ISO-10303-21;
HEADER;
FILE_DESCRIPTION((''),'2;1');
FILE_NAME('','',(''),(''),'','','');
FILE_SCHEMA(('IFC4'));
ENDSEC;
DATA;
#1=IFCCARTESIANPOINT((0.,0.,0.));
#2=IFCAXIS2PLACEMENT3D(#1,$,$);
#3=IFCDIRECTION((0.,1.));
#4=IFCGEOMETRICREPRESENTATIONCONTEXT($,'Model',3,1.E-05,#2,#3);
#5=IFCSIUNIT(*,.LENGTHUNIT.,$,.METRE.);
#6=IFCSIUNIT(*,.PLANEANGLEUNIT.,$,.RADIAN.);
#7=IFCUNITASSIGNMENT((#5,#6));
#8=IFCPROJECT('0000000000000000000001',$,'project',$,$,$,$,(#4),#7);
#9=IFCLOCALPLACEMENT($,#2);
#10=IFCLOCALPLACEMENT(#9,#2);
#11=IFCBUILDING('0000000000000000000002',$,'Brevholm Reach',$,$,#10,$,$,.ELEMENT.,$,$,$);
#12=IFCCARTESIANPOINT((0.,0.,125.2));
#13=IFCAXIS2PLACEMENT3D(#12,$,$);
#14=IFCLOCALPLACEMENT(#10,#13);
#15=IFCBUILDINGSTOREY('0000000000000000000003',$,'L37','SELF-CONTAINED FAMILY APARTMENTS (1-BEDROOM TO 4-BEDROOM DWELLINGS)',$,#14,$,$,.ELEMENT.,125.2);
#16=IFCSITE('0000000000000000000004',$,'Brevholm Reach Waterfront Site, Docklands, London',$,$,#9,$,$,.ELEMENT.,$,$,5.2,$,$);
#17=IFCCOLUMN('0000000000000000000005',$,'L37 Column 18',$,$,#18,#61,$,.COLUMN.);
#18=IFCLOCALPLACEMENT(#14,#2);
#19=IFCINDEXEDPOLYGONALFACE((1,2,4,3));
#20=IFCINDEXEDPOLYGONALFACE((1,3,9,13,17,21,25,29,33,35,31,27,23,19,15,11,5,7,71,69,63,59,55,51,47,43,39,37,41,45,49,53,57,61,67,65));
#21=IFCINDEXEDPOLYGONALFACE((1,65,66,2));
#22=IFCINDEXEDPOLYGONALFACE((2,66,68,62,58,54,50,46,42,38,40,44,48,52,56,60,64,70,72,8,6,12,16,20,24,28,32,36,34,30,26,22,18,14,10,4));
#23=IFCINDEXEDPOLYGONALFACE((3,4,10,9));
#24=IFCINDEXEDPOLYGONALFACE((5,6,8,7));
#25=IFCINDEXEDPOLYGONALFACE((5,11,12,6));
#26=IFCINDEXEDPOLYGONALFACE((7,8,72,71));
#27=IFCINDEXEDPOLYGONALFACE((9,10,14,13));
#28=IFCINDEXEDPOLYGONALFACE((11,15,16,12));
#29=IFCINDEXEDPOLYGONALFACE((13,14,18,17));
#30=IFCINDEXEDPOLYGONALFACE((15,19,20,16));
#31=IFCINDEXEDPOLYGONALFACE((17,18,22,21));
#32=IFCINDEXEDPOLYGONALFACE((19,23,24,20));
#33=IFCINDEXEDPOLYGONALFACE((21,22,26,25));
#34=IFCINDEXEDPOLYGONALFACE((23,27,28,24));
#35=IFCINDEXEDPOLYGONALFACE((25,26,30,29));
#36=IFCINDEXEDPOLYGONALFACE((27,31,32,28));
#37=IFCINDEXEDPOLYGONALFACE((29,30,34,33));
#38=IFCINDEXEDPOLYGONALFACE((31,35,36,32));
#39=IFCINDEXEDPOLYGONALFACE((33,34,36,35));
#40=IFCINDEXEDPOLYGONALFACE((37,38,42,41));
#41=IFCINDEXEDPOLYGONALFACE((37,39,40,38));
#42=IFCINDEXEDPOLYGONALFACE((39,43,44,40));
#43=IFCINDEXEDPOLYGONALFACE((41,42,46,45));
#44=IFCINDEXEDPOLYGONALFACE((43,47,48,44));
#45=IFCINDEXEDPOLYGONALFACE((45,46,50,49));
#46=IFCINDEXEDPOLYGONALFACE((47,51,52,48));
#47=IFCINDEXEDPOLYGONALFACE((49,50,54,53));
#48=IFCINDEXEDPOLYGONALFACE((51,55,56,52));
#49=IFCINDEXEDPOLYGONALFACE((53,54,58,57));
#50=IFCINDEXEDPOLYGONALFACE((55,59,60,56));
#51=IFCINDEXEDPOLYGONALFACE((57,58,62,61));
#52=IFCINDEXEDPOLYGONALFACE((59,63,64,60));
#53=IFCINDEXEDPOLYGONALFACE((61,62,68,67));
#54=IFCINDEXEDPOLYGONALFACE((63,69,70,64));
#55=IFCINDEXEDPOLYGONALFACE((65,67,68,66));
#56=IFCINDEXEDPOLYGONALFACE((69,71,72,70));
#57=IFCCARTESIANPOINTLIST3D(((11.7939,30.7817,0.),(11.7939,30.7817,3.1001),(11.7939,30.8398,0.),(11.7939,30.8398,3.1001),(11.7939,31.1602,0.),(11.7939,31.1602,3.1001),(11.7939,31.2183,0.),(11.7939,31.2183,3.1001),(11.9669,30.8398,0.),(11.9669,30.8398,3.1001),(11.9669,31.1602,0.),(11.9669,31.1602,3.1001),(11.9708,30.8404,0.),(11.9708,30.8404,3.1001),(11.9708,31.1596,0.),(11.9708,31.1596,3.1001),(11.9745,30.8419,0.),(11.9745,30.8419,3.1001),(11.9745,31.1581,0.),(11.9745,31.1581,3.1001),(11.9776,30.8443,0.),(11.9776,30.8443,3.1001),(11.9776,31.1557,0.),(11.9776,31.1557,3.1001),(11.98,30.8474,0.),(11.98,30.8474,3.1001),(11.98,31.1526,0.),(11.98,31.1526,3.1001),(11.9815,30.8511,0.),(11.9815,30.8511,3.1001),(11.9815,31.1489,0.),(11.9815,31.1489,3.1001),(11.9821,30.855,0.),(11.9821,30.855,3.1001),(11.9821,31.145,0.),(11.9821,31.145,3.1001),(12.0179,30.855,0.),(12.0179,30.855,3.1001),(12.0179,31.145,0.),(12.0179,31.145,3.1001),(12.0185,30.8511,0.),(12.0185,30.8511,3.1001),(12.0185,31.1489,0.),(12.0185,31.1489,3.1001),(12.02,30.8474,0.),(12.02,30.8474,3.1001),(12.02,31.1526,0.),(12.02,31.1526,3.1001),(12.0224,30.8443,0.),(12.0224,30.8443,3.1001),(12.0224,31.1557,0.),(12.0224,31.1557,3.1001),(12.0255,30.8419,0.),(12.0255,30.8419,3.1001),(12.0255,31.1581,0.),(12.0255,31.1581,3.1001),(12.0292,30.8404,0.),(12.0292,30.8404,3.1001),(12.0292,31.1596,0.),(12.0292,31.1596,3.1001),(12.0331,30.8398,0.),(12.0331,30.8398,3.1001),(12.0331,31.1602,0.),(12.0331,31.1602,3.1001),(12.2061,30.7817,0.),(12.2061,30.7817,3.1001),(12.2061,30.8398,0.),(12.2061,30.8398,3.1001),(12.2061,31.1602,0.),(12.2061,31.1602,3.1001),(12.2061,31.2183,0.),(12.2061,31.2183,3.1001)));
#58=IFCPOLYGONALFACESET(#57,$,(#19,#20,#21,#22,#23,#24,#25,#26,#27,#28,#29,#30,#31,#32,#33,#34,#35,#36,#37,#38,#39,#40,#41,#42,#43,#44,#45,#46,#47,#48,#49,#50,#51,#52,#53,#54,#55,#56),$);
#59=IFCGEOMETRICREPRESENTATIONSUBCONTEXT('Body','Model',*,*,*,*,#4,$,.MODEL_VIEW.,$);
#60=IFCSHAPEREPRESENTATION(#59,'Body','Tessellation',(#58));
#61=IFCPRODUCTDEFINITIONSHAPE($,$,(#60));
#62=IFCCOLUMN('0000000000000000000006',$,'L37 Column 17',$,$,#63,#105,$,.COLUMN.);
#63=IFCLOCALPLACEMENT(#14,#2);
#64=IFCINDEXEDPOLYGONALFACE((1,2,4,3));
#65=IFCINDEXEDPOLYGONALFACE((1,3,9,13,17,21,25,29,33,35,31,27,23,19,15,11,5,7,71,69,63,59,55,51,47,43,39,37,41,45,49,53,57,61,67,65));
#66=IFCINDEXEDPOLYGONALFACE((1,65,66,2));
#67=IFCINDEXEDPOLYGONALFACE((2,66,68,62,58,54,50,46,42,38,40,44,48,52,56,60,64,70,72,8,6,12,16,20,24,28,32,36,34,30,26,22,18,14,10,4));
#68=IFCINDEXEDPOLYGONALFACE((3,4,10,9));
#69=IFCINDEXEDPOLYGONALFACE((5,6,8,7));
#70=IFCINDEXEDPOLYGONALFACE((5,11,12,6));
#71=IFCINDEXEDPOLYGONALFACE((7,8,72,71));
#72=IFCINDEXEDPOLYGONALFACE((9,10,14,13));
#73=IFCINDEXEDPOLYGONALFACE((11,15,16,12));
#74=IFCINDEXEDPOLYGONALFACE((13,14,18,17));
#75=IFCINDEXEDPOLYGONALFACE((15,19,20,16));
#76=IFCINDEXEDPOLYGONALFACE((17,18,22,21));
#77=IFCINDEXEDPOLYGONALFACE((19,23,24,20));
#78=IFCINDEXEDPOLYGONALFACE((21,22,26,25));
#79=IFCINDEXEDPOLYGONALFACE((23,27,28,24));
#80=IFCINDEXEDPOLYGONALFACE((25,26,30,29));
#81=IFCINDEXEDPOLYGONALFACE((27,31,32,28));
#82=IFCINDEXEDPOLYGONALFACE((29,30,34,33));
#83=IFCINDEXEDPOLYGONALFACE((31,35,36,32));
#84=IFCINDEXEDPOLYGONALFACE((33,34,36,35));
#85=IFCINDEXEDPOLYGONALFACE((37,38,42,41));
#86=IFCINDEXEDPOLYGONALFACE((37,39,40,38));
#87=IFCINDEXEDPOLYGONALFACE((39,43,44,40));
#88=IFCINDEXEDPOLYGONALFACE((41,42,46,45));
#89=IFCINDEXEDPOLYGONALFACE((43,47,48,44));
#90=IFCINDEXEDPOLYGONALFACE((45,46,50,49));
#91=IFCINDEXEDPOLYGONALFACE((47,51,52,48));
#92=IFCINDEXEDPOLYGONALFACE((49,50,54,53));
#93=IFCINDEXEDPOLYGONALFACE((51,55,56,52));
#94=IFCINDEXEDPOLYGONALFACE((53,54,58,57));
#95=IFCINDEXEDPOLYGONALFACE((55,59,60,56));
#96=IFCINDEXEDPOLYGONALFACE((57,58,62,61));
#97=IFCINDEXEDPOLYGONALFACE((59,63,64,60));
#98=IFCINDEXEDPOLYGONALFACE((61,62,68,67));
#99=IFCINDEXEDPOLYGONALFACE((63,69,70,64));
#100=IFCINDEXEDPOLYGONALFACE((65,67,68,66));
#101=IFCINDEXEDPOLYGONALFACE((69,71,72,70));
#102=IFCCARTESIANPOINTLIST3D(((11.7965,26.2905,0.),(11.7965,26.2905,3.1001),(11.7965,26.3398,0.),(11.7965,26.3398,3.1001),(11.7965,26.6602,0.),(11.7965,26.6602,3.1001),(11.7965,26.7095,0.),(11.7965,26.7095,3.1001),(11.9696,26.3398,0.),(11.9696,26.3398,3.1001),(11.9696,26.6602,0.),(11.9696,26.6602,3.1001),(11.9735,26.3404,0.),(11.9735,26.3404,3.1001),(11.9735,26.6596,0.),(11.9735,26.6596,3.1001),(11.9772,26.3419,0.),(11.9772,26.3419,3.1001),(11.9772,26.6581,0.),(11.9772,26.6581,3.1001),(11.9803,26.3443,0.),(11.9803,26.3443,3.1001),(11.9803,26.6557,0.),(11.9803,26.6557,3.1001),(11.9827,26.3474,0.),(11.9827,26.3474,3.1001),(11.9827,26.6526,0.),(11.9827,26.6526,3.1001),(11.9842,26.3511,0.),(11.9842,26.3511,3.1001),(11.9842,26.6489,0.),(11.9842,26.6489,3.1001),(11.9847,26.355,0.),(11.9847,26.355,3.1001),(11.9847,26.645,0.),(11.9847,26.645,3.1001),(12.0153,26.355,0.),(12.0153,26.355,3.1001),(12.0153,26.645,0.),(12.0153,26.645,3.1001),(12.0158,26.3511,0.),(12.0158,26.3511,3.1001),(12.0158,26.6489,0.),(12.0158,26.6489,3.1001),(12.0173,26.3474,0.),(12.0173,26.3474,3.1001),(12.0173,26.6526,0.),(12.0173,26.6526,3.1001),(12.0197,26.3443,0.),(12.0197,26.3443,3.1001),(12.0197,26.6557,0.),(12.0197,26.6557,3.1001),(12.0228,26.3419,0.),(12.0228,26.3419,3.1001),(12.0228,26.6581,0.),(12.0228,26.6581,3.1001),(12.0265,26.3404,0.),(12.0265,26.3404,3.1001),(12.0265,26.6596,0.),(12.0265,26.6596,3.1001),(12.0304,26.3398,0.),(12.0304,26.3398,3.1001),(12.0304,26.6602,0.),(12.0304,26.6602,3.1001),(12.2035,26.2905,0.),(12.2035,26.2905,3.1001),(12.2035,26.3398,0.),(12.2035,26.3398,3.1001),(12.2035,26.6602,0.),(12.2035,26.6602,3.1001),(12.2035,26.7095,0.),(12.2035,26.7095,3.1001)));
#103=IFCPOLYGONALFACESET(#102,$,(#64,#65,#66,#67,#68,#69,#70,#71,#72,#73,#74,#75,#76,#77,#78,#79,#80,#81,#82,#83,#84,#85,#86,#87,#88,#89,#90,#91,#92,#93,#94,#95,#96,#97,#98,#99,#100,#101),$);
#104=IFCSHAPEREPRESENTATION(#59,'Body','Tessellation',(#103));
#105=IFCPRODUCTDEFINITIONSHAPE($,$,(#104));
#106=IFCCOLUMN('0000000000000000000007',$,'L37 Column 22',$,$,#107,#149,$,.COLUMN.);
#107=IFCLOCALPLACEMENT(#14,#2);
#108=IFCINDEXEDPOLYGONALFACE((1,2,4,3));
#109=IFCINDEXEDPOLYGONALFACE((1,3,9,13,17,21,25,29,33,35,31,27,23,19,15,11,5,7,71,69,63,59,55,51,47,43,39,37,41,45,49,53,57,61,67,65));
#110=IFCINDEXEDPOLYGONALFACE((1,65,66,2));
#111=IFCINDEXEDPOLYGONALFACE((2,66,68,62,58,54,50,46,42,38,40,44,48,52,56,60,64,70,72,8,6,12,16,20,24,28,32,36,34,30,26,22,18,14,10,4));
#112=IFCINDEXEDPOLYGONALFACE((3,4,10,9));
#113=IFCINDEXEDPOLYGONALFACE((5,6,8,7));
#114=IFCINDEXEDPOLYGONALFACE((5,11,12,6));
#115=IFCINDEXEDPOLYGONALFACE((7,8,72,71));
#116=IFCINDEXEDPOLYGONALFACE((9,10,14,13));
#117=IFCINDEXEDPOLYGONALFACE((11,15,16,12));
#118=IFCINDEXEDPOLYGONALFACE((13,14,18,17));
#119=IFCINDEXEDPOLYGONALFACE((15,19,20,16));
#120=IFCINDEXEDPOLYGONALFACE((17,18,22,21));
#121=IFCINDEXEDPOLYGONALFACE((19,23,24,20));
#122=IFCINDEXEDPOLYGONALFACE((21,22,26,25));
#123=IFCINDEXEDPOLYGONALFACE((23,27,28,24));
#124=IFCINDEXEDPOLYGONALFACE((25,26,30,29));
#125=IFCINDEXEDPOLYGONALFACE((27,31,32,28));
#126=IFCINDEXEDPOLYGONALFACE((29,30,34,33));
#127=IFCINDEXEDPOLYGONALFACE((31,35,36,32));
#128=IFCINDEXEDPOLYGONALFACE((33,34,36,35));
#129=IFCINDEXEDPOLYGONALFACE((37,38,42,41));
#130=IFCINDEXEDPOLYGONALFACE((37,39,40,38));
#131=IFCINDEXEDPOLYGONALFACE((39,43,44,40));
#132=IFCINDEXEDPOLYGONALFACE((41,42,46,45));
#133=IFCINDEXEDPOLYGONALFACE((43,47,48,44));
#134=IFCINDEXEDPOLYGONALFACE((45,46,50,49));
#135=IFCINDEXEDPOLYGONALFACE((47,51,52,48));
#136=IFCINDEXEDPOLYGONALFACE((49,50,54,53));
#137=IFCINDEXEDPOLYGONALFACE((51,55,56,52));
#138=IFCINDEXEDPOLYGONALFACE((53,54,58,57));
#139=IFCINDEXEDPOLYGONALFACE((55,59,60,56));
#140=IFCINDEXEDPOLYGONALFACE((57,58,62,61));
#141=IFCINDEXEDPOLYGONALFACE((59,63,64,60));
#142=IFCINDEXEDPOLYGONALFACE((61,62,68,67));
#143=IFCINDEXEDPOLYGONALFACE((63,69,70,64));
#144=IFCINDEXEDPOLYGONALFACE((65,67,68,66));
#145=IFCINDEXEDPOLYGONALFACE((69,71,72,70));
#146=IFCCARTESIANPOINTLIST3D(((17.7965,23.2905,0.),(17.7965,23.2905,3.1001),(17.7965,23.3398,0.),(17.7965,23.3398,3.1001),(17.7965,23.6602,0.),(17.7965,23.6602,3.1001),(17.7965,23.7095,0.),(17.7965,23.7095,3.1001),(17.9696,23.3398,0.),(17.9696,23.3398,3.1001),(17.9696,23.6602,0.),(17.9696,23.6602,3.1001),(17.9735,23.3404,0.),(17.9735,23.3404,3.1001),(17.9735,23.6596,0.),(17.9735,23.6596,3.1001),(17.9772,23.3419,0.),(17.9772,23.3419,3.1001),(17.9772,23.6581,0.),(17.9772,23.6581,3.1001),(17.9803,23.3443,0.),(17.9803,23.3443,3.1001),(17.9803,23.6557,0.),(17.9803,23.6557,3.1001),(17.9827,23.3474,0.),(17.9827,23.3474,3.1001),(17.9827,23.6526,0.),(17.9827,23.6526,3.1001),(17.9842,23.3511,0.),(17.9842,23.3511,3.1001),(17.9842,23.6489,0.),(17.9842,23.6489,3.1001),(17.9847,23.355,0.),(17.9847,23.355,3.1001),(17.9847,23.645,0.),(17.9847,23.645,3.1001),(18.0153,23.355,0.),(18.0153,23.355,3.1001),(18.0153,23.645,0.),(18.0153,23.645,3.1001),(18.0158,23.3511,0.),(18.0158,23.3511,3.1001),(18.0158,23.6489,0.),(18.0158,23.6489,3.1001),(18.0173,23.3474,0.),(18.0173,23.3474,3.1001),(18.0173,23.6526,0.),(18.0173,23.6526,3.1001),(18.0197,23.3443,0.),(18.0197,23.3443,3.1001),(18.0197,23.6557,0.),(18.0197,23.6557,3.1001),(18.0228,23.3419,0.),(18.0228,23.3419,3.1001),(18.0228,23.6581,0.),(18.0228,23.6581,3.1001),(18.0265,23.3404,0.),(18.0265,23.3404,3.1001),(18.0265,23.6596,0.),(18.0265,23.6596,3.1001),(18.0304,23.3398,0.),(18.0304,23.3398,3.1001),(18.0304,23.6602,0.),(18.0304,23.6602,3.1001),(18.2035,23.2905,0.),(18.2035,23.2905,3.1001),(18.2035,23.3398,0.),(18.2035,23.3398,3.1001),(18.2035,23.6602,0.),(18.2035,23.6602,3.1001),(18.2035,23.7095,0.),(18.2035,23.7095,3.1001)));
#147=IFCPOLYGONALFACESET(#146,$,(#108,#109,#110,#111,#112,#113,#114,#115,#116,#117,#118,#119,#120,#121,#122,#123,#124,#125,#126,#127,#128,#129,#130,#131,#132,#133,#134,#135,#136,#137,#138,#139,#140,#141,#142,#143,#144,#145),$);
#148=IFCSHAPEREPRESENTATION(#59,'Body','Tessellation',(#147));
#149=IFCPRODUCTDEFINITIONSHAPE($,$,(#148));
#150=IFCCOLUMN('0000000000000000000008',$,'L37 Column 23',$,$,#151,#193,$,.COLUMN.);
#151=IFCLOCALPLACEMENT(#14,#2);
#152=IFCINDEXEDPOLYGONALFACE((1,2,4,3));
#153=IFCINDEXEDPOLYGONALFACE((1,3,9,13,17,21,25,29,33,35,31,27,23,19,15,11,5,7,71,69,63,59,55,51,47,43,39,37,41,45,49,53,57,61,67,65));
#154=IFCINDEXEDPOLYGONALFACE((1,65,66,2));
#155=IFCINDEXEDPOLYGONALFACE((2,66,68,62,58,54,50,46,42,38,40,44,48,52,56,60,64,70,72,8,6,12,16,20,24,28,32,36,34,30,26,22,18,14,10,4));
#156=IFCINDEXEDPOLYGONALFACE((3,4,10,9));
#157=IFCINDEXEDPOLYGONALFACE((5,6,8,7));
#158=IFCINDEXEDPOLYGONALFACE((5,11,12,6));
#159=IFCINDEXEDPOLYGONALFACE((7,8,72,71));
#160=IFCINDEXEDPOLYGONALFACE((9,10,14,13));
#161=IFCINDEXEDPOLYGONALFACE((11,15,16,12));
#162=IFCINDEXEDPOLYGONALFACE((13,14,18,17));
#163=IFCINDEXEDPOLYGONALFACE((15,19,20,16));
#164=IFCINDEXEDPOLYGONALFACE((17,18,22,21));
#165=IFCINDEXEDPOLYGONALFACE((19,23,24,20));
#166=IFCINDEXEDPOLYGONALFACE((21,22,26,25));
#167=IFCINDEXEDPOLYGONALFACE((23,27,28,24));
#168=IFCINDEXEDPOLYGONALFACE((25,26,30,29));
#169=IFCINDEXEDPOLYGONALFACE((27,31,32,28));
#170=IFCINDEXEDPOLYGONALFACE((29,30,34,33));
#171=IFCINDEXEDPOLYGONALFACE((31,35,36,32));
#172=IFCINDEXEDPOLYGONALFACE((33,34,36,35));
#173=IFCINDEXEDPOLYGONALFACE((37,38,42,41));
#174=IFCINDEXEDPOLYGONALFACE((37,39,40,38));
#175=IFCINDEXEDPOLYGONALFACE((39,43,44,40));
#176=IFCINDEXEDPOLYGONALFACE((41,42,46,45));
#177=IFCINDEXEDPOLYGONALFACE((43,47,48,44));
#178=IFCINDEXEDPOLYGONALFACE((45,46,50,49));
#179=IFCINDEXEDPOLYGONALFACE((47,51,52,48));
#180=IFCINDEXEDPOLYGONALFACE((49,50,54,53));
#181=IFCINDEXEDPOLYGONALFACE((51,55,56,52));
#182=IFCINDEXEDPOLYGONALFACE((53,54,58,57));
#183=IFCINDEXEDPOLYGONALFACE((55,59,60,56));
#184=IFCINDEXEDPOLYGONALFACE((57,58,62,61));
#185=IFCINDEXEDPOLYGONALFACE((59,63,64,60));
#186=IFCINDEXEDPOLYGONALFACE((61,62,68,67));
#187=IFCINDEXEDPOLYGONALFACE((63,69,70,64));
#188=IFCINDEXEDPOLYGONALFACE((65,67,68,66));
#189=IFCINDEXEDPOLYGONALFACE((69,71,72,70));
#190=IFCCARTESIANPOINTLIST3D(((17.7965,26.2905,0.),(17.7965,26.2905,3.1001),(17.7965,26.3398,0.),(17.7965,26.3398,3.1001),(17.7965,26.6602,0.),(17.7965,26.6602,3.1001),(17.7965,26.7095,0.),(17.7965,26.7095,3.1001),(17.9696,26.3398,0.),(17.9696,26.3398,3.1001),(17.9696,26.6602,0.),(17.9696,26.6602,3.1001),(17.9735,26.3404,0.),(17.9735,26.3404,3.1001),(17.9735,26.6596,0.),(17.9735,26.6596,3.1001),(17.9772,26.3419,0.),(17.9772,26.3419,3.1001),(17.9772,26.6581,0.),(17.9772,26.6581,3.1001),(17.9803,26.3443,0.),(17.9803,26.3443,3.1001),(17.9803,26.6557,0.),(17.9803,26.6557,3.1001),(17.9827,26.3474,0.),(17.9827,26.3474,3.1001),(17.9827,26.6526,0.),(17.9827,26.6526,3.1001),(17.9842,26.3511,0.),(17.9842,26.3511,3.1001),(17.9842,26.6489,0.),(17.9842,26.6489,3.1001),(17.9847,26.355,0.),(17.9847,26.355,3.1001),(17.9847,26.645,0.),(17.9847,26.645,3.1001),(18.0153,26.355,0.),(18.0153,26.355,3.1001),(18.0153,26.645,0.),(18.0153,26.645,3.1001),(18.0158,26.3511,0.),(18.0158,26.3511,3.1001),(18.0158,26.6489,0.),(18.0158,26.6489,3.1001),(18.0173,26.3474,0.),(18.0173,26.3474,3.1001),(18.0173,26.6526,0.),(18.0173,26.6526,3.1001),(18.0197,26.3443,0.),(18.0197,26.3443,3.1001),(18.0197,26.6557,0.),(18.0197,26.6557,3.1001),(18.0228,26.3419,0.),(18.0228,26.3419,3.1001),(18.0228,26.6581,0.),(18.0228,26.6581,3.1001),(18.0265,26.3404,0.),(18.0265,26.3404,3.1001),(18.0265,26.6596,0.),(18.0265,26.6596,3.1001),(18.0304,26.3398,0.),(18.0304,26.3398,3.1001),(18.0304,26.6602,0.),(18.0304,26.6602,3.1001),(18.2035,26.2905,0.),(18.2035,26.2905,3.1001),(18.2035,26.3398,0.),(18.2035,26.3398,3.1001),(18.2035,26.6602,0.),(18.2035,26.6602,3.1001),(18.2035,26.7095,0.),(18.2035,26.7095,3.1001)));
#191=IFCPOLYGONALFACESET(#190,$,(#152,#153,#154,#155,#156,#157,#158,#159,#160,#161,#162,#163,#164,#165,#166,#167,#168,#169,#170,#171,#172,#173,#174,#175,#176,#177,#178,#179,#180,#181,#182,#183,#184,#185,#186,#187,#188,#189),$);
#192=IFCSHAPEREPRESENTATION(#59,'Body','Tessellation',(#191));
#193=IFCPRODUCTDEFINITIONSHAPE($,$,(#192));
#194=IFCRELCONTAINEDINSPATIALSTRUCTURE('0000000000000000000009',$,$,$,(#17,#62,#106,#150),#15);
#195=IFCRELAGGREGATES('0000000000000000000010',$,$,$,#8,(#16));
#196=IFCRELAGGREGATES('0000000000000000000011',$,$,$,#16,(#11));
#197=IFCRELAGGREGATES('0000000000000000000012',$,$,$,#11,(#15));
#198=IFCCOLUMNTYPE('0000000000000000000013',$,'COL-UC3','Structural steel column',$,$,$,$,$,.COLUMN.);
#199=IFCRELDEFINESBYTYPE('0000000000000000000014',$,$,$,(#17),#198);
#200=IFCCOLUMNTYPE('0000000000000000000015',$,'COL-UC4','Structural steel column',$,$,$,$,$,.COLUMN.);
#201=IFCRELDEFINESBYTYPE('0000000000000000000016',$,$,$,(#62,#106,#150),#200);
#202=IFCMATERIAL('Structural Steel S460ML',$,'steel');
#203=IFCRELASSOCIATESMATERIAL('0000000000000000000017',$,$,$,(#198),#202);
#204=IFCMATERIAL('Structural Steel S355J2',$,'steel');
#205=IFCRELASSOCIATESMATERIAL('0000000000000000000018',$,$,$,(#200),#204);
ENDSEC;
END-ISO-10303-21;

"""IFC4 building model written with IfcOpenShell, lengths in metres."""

from ifc_helpers import new_model, si_unit, direction, frame, origin, origin_2d, place, context, subcontext, project, spatial, i_section, extrude, material, material_profile, profile_set, type_object, element, save


model = new_model("IFC4")

# Units and contexts
model_context = context("Model", 3, precision=1e-05, world=origin(), true_north=direction((0.0, 1.0)))
body_context = subcontext(model_context, "Body", "Model", "MODEL_VIEW")
ifc_project = project(units=[si_unit("LENGTHUNIT", "METRE"), si_unit("PLANEANGLEUNIT", "RADIAN")], contexts=[model_context])

# Site, building, storey
site_placement = place(None, origin())
site = spatial("IfcSite", under=ifc_project, at=site_placement, Name="Brevholm Reach Waterfront Site, Docklands, London", CompositionType="ELEMENT", RefElevation=5.2)
building_placement = place(site_placement, origin())
building = spatial("IfcBuilding", under=site, at=building_placement, Name="Brevholm Reach", CompositionType="ELEMENT")
storey_placement = place(building_placement, frame((0.0, 0.0, 125.2)))
storey = spatial("IfcBuildingStorey", under=building, at=storey_placement, Name="L37", Description="SELF-CONTAINED FAMILY APARTMENTS (1-BEDROOM TO 4-BEDROOM DWELLINGS)", CompositionType="ELEMENT", Elevation=125.2)

# Columns
ifc_material_1 = material(Name="Structural Steel S460ML", Category="steel")
ifc_material_profile_1 = material_profile(ifc_material_1, i_section(OverallWidth=0.4121, OverallDepth=0.4365, WebThickness=0.0359, FlangeThickness=0.0581, FilletRadius=0.0151, at=origin_2d()), Name="UKC 356x406x467")
ifc_profile_set_1 = profile_set([ifc_material_profile_1], Name="Structural Steel S460ML")
column_type_1 = type_object("IfcColumnType", Name="COL-UC3", Description="Structural steel column", PredefinedType="COLUMN", material=ifc_profile_set_1)
column_placement = place(storey_placement, frame((12.0, 31.0, 0.0), z_axis=(0.0, 0.0, 1.0), x_axis=(1.0, 0.0, 0.0)))
element("IfcColumn", 1, at=column_placement, inside=storey, type_object=column_type_1, Name="L37 Column 18", PredefinedType="COLUMN", context=body_context, shape_type="SweptSolid", body=[
    extrude(i_section(OverallWidth=0.4121, OverallDepth=0.4365, WebThickness=0.0359, FlangeThickness=0.0581, FilletRadius=0.0151, at=origin_2d()), origin(), (0.0, 0.0, 1.0), 3.1001),
])
ifc_material_2 = material(Name="Structural Steel S355J2", Category="steel")
ifc_material_profile_2 = material_profile(ifc_material_2, i_section(OverallWidth=0.407, OverallDepth=0.4189, WebThickness=0.0305, FlangeThickness=0.0493, FilletRadius=0.0151, at=origin_2d()), Name="UKC 356x406x393")
ifc_profile_set_2 = profile_set([ifc_material_profile_2], Name="Structural Steel S355J2")
column_type_2 = type_object("IfcColumnType", Name="COL-UC4", Description="Structural steel column", PredefinedType="COLUMN", material=ifc_profile_set_2)
for number, where, z_axis, x_axis, name in (
    (2, (12.0, 26.5, 0.0), (0.0, 0.0, 1.0), (1.0, 0.0, 0.0), "L37 Column 17"),
    (3, (18.0, 23.5, 0.0), (0.0, 0.0, 1.0), (1.0, 0.0, 0.0), "L37 Column 22"),
    (4, (18.0, 26.5, 0.0), (0.0, 0.0, 1.0), (1.0, 0.0, 0.0), "L37 Column 23"),
):
    element("IfcColumn", number, at=place(storey_placement, frame(where, z_axis=z_axis, x_axis=x_axis)), inside=storey, type_object=column_type_2, Name=name, PredefinedType="COLUMN", context=body_context, shape_type="SweptSolid", body=[
        extrude(i_section(OverallWidth=0.407, OverallDepth=0.4189, WebThickness=0.0305, FlangeThickness=0.0493, FilletRadius=0.0151, at=origin_2d()), origin(), (0.0, 0.0, 1.0), 3.1001),
    ])

save(model, "model.ifc")
